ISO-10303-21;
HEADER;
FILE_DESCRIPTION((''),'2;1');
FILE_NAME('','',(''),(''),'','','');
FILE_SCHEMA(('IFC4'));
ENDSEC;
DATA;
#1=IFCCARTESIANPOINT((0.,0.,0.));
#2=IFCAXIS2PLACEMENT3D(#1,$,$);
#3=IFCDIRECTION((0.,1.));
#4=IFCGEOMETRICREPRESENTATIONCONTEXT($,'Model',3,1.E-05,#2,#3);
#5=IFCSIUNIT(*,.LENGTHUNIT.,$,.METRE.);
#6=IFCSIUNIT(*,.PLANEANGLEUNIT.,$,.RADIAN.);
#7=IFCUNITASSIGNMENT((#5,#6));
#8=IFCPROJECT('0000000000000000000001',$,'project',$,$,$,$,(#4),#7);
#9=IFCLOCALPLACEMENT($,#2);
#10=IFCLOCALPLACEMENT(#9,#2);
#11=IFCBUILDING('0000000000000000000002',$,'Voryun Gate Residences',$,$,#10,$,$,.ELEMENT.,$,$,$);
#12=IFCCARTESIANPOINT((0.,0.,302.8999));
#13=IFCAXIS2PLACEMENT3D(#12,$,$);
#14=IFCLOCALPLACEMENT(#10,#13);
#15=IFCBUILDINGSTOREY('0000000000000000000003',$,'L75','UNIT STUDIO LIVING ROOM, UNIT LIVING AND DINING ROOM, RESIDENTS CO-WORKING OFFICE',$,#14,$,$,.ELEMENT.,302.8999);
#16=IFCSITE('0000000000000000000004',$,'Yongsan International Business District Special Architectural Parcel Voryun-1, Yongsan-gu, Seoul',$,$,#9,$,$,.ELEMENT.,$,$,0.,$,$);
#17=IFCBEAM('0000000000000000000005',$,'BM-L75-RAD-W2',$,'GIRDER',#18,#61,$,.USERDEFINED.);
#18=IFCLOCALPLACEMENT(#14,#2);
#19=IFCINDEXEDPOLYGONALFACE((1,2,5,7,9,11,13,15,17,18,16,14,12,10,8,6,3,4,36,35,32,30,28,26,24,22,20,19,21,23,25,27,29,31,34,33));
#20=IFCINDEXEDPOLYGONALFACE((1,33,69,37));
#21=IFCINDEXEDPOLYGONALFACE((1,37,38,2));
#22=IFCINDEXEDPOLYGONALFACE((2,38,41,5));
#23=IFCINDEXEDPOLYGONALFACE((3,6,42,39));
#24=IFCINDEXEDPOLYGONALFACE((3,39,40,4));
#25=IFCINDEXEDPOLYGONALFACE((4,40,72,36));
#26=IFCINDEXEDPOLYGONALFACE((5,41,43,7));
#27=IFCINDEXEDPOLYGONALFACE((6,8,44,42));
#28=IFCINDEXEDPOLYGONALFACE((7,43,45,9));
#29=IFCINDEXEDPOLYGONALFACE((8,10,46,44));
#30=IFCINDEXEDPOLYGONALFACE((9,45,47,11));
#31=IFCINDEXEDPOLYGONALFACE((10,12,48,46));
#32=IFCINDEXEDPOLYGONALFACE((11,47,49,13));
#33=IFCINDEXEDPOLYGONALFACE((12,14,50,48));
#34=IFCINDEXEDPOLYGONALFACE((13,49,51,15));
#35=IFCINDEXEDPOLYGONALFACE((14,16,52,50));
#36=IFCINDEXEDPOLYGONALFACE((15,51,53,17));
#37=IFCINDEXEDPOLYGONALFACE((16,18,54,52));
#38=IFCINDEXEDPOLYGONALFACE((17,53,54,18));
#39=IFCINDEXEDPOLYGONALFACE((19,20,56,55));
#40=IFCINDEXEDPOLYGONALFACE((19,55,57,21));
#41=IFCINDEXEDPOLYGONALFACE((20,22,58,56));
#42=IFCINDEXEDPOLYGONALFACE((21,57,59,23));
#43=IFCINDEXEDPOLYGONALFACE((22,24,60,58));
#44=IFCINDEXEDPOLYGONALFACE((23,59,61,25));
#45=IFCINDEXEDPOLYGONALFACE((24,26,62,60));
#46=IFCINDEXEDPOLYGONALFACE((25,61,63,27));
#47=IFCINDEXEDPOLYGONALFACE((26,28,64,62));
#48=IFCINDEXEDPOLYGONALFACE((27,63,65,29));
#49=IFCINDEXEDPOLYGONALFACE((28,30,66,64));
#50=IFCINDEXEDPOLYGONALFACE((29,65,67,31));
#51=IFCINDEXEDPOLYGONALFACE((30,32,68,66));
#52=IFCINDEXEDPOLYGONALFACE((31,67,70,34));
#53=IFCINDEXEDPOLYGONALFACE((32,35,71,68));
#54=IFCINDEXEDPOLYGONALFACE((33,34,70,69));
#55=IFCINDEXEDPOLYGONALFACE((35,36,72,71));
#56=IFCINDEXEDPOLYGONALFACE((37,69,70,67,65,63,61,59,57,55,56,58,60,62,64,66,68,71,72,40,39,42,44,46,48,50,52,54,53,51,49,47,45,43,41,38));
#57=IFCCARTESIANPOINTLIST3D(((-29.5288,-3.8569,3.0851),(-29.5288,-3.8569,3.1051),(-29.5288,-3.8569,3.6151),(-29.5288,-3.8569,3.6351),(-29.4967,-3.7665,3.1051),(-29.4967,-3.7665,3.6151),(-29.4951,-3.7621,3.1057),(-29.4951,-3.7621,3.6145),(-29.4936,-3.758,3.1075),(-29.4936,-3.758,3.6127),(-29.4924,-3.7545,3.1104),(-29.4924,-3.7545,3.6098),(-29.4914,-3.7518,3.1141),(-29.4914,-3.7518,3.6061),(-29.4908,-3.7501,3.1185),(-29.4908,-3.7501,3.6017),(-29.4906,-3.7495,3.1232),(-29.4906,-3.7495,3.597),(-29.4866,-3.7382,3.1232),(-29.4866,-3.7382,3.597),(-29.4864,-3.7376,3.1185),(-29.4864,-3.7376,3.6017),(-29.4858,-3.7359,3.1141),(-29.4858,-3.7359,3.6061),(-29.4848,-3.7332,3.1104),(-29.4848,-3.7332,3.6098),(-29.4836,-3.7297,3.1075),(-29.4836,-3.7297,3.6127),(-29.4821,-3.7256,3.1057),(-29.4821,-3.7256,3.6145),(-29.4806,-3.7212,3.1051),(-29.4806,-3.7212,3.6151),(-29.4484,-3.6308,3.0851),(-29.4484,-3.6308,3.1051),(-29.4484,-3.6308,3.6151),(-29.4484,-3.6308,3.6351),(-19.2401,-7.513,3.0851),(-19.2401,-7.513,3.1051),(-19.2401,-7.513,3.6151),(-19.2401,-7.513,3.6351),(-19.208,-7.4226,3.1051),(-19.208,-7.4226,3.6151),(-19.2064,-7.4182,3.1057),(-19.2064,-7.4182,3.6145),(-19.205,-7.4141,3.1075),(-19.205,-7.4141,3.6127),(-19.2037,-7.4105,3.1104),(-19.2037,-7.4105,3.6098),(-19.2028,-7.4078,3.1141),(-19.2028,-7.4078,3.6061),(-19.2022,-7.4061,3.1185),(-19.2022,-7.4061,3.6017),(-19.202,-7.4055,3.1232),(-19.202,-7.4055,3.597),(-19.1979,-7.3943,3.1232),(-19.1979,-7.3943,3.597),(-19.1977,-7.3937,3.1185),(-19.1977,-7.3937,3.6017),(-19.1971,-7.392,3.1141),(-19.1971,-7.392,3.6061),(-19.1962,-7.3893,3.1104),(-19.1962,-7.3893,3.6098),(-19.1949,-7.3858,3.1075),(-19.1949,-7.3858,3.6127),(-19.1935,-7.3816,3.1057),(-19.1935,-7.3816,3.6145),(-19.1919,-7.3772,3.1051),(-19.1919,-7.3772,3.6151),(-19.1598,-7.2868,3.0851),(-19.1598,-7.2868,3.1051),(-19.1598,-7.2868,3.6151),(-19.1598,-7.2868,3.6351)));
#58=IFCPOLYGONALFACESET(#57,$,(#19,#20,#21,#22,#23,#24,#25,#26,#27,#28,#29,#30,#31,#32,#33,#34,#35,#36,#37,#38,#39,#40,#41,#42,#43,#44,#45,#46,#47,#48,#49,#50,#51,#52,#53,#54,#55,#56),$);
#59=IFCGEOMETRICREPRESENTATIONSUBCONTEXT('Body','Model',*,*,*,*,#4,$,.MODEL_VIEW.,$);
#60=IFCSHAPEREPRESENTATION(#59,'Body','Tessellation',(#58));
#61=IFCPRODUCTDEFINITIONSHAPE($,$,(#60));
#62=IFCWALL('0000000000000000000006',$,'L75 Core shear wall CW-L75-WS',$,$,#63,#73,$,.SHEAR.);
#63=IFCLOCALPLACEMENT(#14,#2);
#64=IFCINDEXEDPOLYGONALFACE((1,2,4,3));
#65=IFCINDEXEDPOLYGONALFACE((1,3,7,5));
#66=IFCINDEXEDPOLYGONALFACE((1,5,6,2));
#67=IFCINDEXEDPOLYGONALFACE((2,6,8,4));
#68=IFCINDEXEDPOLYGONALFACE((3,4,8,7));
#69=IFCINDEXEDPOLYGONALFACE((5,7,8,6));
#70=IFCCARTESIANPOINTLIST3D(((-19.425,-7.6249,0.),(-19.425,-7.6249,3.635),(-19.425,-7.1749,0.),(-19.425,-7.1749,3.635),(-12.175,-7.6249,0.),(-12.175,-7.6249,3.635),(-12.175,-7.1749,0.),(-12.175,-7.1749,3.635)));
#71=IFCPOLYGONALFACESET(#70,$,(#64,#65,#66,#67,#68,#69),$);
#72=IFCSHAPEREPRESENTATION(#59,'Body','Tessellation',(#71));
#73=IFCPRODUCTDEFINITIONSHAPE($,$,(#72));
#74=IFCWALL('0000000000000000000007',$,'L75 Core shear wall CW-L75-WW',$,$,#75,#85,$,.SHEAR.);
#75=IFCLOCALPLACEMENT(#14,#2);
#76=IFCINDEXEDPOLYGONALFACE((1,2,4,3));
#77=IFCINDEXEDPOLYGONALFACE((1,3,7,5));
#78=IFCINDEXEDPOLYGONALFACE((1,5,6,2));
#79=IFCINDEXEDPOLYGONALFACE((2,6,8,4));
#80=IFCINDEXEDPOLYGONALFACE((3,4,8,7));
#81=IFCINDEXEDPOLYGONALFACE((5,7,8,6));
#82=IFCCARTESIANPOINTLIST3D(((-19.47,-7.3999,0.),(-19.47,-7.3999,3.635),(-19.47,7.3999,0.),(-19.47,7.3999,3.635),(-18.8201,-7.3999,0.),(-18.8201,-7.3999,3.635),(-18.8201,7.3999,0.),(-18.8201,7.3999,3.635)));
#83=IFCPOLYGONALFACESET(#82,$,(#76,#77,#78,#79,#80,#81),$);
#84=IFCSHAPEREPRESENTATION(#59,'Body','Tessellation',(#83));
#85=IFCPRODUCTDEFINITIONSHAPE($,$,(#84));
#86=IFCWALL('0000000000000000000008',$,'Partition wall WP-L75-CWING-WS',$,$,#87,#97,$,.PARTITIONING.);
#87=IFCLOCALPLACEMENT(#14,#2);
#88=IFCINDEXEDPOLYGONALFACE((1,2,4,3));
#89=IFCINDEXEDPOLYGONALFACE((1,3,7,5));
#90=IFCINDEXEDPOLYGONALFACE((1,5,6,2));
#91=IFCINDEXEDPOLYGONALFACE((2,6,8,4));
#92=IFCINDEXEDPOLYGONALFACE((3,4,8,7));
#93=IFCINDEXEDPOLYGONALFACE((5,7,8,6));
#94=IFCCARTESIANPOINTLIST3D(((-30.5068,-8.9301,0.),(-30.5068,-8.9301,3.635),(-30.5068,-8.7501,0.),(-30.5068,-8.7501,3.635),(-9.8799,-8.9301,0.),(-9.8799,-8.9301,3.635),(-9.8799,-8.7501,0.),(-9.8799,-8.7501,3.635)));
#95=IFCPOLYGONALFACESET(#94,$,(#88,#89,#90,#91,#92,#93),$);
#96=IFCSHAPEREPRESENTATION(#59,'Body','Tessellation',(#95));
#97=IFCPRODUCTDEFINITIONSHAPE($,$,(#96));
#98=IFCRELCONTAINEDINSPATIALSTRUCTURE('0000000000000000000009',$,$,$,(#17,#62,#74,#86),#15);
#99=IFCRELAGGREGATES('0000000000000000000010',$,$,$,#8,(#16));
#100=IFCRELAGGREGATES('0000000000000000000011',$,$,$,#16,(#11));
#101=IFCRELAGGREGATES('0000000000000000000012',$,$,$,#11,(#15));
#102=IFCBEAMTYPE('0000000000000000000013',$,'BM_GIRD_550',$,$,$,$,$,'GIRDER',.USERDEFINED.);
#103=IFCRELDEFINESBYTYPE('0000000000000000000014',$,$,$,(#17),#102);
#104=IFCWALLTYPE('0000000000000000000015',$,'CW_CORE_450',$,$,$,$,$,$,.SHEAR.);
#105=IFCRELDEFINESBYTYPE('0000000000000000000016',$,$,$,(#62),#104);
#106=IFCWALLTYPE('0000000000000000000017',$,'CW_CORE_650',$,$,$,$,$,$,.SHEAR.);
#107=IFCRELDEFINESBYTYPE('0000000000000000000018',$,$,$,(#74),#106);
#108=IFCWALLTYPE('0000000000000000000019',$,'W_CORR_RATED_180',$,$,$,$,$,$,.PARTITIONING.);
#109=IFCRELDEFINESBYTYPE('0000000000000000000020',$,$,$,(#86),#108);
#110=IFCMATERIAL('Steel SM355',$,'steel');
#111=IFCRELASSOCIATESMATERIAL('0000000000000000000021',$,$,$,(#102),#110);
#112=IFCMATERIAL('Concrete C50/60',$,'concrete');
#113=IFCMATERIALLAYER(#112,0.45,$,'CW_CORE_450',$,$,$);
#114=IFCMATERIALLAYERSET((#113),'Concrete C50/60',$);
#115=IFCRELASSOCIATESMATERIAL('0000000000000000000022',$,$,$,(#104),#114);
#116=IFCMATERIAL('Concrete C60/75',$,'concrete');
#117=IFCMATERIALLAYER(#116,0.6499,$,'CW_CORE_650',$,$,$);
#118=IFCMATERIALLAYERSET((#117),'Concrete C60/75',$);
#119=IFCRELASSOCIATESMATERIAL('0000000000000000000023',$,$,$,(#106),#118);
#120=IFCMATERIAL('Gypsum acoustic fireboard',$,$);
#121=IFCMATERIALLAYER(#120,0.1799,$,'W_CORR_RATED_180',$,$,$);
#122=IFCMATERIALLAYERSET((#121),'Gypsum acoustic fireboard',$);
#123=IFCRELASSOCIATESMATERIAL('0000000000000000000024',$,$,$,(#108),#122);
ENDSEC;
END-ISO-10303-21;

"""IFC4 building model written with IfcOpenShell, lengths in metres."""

from ifc_helpers import new_model, si_unit, direction, frame, frame_2d, origin, origin_2d, place, context, subcontext, project, spatial, rectangle, i_section, extrude, material, layer, layer_set, material_profile, profile_set, type_object, element, save


model = new_model("IFC4")

# Units and contexts
model_context = context("Model", 3, precision=1e-05, world=origin(), true_north=direction((0.0, 1.0)))
body_context = subcontext(model_context, "Body", "Model", "MODEL_VIEW")
ifc_project = project(units=[si_unit("LENGTHUNIT", "METRE"), si_unit("PLANEANGLEUNIT", "RADIAN")], contexts=[model_context])

# Site, building, storey
site_placement = place(None, origin())
site = spatial("IfcSite", under=ifc_project, at=site_placement, Name="Yongsan International Business District Special Architectural Parcel Voryun-1, Yongsan-gu, Seoul", CompositionType="ELEMENT", RefElevation=0.0)
building_placement = place(site_placement, origin())
building = spatial("IfcBuilding", under=site, at=building_placement, Name="Voryun Gate Residences", CompositionType="ELEMENT")
storey_placement = place(building_placement, frame((0.0, 0.0, 302.8999)))
storey = spatial("IfcBuildingStorey", under=building, at=storey_placement, Name="L75", Description="UNIT STUDIO LIVING ROOM, UNIT LIVING AND DINING ROOM, RESIDENTS CO-WORKING OFFICE", CompositionType="ELEMENT", Elevation=302.8999)

# Beam
ifc_material_1 = material(Name="Steel SM355", Category="steel")
ifc_material_profile_1 = material_profile(ifc_material_1, i_section(OverallWidth=0.24, OverallDepth=0.55, WebThickness=0.012, FlangeThickness=0.02, FilletRadius=0.0181, at=origin_2d()), Name="H-550x240x12x20")
ifc_profile_set_1 = profile_set([ifc_material_profile_1], Name="Steel SM355")
beam_type_1 = type_object("IfcBeamType", Name="BM_GIRD_550", ElementType="GIRDER", PredefinedType="USERDEFINED", material=ifc_profile_set_1)
beam_1_placement = place(storey_placement, frame((-19.2, -7.3999, 3.3601), z_axis=(-0.942277, 0.334835, 0.0), x_axis=(-0.334835, -0.942277, 0.0)))
element("IfcBeam", 1, at=beam_1_placement, inside=storey, type_object=beam_type_1, Name="BM-L75-RAD-W2", ObjectType="GIRDER", PredefinedType="USERDEFINED", context=body_context, shape_type="SweptSolid", body=[
    extrude(i_section(OverallWidth=0.24, OverallDepth=0.55, WebThickness=0.012, FlangeThickness=0.02, FilletRadius=0.0181, at=origin_2d()), origin(), (0.0, 0.0, 1.0), 10.9189),
])

# Walls
ifc_material_2 = material(Name="Concrete C50/60", Category="concrete")
ifc_layer_1 = layer(ifc_material_2, 0.45, Name="CW_CORE_450")
ifc_layer_set_1 = layer_set([ifc_layer_1], Name="Concrete C50/60")
wall_type_1 = type_object("IfcWallType", Name="CW_CORE_450", PredefinedType="SHEAR", material=ifc_layer_set_1)
wall_1_placement = place(storey_placement, frame((-19.425, -7.3999, 0.0), z_axis=(0.0, 0.0, 1.0), x_axis=(1.0, 0.0, 0.0)))
element("IfcWall", 2, at=wall_1_placement, inside=storey, type_object=wall_type_1, Name="L75 Core shear wall CW-L75-WS", PredefinedType="SHEAR", context=body_context, shape_type="SweptSolid", body=[
    extrude(rectangle(XDim=7.25, YDim=0.45, at=frame_2d((3.625, 0.0))), origin(), (0.0, 0.0, 1.0), 3.635),
])
ifc_material_3 = material(Name="Concrete C60/75", Category="concrete")
ifc_layer_2 = layer(ifc_material_3, 0.6499, Name="CW_CORE_650")
ifc_layer_set_2 = layer_set([ifc_layer_2], Name="Concrete C60/75")
wall_type_2 = type_object("IfcWallType", Name="CW_CORE_650", PredefinedType="SHEAR", material=ifc_layer_set_2)
wall_2_placement = place(storey_placement, frame((-19.145, -7.3999, 0.0), z_axis=(0.0, 0.0, 1.0), x_axis=(0.0, 1.0, 0.0)))
element("IfcWall", 3, at=wall_2_placement, inside=storey, type_object=wall_type_2, Name="L75 Core shear wall CW-L75-WW", PredefinedType="SHEAR", context=body_context, shape_type="SweptSolid", body=[
    extrude(rectangle(XDim=14.7998, YDim=0.6499, at=frame_2d((7.3999, 0.0))), origin(), (0.0, 0.0, 1.0), 3.635),
])
ifc_material_4 = material(Name="Gypsum acoustic fireboard")
ifc_layer_3 = layer(ifc_material_4, 0.1799, Name="W_CORR_RATED_180")
ifc_layer_set_3 = layer_set([ifc_layer_3], Name="Gypsum acoustic fireboard")
wall_type_3 = type_object("IfcWallType", Name="W_CORR_RATED_180", PredefinedType="PARTITIONING", material=ifc_layer_set_3)
wall_3_placement = place(storey_placement, frame((-30.5068, -8.8401, 0.0), z_axis=(0.0, 0.0, 1.0), x_axis=(1.0, 0.0, 0.0)))
element("IfcWall", 4, at=wall_3_placement, inside=storey, type_object=wall_type_3, Name="Partition wall WP-L75-CWING-WS", PredefinedType="PARTITIONING", context=body_context, shape_type="SweptSolid", body=[
    extrude(rectangle(XDim=20.627, YDim=0.1799, at=frame_2d((10.3135, 0.0))), origin(), (0.0, 0.0, 1.0), 3.635),
])

save(model, "model.ifc")
